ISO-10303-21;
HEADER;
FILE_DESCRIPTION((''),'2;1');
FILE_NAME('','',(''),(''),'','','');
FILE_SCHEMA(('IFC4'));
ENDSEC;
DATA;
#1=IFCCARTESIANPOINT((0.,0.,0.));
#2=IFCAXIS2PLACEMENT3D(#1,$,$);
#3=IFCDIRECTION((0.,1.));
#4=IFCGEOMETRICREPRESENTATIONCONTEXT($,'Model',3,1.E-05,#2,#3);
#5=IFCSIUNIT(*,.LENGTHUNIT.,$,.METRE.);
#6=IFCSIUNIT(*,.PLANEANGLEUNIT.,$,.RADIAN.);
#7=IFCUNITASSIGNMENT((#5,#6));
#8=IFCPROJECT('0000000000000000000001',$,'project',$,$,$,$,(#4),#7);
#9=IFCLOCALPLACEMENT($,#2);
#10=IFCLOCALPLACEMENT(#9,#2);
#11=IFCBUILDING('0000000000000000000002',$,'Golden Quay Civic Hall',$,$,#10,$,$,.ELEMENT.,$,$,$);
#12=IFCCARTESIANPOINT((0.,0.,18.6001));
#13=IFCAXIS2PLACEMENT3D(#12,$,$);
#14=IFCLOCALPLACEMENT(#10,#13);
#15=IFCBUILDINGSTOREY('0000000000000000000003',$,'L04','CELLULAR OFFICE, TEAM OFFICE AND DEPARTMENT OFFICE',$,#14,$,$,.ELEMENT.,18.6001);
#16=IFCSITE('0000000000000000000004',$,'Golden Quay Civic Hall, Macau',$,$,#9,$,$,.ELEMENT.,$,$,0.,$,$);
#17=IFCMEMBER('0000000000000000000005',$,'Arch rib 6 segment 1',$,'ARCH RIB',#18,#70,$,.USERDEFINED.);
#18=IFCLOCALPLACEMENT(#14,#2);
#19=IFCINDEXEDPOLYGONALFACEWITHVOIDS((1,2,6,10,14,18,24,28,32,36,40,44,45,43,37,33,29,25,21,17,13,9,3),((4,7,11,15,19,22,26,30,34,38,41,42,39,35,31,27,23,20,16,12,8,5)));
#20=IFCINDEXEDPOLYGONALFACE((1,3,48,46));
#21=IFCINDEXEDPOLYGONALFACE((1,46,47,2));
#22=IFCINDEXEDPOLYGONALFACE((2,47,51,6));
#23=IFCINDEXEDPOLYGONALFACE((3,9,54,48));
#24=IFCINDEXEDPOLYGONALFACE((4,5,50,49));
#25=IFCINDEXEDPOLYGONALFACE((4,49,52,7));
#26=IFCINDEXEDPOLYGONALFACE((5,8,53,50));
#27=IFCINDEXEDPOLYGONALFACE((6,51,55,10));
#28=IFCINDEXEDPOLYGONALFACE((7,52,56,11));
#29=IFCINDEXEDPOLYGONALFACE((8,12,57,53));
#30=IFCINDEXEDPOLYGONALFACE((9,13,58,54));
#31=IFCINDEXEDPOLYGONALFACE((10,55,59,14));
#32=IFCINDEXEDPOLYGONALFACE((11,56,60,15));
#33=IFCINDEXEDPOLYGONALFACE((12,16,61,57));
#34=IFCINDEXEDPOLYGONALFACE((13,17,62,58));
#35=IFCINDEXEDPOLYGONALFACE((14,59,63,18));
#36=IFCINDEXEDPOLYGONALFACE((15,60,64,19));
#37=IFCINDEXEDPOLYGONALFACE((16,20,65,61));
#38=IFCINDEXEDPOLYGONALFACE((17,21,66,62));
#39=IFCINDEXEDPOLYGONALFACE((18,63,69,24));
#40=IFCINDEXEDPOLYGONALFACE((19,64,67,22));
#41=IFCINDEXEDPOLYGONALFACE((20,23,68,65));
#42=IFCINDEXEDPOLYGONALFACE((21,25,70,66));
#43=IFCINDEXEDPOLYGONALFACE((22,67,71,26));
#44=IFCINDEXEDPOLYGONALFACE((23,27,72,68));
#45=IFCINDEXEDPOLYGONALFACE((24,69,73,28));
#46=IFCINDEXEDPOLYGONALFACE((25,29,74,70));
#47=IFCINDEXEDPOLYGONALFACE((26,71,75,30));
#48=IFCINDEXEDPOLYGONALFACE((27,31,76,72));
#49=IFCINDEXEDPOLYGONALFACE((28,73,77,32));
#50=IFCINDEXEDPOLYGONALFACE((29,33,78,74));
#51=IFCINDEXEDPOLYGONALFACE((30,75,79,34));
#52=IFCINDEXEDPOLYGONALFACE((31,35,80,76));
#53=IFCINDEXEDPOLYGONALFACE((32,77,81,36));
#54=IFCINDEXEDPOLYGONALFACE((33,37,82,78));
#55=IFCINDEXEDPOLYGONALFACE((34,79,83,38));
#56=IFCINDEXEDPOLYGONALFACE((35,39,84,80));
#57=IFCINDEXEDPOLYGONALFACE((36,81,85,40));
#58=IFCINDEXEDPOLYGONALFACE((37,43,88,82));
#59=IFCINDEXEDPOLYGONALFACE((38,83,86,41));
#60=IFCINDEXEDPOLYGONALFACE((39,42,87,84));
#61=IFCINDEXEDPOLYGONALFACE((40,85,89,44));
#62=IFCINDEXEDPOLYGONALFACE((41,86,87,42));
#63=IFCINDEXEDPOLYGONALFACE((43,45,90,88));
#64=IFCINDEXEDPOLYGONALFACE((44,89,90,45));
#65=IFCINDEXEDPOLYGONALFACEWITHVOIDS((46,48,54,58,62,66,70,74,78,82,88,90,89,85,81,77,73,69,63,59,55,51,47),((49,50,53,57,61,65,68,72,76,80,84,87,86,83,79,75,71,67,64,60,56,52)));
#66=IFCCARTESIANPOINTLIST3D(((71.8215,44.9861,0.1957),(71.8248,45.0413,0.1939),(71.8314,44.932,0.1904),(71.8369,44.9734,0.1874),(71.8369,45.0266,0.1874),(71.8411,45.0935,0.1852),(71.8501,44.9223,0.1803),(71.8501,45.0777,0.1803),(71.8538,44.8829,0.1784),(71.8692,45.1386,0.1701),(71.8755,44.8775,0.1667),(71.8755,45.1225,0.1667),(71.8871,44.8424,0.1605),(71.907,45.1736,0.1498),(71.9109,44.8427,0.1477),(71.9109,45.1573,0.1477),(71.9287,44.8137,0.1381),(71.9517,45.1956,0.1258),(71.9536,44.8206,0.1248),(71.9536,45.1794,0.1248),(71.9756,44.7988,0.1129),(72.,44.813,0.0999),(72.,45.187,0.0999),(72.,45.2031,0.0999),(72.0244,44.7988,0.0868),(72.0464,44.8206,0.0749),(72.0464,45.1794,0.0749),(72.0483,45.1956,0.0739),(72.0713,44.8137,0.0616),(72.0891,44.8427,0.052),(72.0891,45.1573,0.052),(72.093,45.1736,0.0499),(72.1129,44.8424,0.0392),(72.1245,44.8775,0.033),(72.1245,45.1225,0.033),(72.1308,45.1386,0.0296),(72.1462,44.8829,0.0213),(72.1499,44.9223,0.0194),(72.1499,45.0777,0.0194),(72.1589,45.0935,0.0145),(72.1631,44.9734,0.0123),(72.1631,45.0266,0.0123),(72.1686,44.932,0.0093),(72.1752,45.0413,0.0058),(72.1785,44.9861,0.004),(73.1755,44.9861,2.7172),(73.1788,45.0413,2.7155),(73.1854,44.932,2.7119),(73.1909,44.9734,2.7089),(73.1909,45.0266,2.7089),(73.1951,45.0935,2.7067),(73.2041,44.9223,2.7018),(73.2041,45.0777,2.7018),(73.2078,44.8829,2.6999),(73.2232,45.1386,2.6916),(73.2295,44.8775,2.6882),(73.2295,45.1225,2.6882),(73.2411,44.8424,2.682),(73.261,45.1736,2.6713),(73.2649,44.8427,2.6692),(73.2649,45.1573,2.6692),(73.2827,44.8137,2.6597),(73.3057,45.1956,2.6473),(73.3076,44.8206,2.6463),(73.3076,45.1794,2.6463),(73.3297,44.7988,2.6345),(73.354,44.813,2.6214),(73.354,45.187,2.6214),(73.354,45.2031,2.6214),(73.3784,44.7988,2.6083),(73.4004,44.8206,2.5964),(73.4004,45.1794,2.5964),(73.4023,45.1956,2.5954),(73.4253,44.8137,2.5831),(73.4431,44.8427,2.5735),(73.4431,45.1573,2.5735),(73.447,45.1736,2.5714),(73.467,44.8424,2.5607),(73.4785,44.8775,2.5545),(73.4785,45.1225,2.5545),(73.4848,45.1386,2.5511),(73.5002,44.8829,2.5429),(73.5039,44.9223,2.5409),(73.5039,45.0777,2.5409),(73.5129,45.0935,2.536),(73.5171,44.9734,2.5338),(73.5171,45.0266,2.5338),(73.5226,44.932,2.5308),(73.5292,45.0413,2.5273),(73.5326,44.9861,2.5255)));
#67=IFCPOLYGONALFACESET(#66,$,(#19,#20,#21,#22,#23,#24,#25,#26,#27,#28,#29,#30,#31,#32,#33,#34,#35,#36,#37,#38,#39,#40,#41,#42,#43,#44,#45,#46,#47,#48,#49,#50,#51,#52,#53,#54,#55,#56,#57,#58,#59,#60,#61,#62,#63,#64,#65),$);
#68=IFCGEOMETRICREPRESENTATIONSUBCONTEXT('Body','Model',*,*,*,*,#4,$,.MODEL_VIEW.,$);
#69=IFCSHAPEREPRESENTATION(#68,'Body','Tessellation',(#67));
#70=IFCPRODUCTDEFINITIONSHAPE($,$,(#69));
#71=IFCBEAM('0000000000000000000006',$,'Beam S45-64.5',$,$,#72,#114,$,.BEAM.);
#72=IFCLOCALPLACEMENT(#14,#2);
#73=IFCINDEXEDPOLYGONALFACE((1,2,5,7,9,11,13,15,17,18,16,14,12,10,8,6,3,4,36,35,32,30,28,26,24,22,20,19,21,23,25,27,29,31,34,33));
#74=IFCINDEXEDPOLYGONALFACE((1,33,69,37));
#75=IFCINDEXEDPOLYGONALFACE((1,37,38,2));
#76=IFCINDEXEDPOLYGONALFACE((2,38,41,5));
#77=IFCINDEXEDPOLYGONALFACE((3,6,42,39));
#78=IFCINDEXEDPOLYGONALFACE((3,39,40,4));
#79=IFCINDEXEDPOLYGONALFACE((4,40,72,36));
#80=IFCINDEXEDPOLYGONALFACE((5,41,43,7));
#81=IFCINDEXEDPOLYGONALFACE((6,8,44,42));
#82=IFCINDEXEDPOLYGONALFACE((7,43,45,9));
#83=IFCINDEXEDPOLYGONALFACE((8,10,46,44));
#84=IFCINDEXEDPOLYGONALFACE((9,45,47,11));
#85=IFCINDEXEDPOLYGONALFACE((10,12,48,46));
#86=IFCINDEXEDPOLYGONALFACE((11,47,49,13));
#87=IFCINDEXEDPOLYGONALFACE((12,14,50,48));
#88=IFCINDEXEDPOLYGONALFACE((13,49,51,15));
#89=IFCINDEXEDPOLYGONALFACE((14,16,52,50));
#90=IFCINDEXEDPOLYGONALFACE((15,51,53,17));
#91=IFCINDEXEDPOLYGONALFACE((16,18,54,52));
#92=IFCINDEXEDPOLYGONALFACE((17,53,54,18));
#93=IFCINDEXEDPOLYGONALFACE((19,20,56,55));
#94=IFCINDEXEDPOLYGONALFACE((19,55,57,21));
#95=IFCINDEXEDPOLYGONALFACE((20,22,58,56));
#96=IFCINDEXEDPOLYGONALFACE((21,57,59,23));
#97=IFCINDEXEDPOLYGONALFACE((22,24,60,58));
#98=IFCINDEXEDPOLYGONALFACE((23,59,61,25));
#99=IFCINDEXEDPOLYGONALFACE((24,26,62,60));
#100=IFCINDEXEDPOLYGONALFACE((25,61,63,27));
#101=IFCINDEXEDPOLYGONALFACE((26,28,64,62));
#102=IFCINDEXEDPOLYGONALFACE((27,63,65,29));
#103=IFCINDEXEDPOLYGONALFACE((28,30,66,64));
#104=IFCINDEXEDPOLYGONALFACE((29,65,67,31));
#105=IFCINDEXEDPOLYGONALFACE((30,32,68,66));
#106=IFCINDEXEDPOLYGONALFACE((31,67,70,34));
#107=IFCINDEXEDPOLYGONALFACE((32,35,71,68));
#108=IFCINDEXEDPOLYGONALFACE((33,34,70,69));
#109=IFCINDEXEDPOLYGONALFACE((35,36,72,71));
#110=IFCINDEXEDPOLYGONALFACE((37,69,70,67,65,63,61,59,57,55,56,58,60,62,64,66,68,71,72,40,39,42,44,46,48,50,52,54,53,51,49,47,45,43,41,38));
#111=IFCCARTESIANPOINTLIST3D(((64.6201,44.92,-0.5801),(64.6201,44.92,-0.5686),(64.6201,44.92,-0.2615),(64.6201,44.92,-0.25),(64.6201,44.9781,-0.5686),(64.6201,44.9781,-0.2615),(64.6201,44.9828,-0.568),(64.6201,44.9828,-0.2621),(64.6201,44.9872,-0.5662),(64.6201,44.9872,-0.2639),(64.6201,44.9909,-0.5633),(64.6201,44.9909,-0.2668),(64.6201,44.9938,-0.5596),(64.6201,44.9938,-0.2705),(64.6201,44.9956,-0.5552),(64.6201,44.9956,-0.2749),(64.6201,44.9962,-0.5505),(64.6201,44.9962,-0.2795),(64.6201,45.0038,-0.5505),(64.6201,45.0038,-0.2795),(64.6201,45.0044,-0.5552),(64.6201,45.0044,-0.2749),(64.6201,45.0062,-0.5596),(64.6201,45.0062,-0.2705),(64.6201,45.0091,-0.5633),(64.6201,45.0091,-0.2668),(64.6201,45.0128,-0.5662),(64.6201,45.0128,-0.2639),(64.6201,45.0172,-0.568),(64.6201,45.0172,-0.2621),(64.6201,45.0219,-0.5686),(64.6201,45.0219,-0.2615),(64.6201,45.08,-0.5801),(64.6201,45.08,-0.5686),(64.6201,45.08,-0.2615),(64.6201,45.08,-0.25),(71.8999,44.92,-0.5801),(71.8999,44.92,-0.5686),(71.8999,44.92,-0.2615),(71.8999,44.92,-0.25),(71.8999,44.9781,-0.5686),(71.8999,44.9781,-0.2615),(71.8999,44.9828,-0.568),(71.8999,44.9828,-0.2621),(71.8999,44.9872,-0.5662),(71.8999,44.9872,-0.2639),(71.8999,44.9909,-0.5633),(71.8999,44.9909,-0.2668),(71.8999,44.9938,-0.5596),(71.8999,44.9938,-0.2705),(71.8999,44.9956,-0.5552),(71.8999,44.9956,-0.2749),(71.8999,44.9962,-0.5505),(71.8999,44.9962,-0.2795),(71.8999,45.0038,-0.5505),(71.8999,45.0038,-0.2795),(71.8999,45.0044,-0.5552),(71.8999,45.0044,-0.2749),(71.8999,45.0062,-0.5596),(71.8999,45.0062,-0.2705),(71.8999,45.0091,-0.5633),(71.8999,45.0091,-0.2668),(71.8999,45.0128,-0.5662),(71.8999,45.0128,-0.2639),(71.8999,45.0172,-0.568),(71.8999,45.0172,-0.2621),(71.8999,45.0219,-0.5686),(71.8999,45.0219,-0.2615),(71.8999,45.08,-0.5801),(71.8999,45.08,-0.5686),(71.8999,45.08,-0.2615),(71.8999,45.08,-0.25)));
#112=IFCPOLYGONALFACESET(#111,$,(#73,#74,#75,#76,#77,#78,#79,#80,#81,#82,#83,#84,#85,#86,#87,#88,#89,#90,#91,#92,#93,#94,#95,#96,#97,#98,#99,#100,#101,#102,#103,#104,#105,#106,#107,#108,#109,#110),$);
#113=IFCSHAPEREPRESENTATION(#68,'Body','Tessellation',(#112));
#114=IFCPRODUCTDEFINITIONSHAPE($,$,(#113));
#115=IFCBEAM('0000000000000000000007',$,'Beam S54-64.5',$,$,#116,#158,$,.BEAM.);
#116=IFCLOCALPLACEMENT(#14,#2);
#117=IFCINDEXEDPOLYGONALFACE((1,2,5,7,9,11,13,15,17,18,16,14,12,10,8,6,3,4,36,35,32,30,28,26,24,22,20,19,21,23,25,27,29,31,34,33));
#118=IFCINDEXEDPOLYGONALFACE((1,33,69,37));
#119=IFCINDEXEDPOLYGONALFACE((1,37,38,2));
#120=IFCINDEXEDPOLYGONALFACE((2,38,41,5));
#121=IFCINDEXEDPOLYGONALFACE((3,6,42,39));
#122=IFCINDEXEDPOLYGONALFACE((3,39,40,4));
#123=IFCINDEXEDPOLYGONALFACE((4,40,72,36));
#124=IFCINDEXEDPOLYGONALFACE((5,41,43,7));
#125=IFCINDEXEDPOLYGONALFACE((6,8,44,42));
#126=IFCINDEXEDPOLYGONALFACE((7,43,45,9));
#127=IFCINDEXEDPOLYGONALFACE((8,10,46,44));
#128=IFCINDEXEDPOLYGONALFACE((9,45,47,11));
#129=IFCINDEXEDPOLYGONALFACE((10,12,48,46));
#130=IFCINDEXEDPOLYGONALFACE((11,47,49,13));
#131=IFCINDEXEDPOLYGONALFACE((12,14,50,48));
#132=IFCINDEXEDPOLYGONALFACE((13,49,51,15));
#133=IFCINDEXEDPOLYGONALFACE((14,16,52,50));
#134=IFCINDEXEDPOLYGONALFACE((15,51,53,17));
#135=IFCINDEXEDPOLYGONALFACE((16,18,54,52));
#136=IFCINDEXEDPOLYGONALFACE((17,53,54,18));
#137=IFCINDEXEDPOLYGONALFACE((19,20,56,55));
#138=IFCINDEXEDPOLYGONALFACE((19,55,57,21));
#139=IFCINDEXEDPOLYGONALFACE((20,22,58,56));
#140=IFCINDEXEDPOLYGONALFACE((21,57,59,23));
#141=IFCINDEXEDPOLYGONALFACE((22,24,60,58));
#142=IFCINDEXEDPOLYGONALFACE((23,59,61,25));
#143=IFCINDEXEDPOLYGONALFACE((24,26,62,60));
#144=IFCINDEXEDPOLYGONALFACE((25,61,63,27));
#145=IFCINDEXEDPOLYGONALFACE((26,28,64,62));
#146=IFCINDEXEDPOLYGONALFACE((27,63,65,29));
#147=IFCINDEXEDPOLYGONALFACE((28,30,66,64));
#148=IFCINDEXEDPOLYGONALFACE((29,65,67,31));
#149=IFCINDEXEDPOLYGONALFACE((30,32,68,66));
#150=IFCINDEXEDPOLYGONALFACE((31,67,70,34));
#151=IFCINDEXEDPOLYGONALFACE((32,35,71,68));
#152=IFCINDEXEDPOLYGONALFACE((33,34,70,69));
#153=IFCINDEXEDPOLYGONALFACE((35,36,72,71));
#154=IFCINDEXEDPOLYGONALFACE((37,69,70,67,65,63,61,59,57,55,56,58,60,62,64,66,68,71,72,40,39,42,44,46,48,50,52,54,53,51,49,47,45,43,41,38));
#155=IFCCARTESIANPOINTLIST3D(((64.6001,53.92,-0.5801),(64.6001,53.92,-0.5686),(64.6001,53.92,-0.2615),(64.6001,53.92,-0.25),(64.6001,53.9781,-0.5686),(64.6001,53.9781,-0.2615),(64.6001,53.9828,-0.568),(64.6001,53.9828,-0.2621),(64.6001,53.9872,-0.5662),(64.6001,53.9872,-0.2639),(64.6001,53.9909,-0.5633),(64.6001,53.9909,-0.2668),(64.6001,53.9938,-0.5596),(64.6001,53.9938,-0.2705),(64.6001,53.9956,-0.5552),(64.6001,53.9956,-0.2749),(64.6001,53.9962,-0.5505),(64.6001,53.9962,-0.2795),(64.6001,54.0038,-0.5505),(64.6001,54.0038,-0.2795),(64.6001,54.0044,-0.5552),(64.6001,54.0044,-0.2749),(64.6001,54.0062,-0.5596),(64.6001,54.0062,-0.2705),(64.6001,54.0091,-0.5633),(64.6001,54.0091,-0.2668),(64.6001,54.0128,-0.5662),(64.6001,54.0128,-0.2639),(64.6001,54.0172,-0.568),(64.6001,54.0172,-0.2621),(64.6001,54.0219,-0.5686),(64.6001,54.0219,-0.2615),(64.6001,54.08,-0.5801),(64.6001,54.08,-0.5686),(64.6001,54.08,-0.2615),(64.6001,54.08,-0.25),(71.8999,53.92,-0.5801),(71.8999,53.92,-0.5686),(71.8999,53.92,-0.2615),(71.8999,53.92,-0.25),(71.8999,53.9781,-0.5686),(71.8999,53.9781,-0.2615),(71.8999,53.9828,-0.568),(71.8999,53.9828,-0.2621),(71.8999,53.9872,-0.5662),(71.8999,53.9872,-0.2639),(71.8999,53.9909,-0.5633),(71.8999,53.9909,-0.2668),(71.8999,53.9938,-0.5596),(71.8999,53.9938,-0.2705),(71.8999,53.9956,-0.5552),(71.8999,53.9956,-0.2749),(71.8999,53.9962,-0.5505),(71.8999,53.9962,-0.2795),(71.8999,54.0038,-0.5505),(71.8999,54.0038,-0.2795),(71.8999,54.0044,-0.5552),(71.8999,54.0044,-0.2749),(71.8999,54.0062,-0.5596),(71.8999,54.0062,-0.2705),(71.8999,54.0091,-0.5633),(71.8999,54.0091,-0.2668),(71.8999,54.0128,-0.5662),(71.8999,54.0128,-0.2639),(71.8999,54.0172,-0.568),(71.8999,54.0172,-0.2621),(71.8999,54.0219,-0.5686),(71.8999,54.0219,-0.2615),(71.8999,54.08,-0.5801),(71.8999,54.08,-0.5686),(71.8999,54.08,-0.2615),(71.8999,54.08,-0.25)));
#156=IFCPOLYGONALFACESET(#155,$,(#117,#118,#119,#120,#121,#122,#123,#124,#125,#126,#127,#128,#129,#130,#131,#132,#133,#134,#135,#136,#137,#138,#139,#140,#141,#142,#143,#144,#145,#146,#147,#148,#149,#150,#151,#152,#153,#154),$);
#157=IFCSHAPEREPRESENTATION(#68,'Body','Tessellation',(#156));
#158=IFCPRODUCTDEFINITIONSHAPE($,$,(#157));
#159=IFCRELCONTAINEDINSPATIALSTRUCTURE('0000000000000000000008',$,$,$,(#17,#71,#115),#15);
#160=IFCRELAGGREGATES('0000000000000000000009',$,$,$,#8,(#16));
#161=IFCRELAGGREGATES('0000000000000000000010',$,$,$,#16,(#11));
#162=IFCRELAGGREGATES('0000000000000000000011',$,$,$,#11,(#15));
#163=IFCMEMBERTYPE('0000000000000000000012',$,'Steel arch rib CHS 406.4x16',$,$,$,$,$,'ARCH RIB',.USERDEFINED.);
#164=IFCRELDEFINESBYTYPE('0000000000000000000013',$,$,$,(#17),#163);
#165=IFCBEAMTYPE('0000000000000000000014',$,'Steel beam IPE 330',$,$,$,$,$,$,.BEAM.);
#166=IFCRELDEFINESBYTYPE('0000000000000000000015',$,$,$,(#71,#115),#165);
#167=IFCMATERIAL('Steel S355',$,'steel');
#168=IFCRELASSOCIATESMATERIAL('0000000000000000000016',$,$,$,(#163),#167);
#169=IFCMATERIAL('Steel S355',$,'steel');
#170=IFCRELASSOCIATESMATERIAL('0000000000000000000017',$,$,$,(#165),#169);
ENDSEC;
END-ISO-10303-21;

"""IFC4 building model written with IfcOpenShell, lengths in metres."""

from ifc_helpers import new_model, si_unit, direction, frame, origin, origin_2d, place, context, subcontext, project, spatial, hollow_circle, i_section, extrude, material, material_profile, profile_set, type_object, element, save


model = new_model("IFC4")

# Units and contexts
model_context = context("Model", 3, precision=1e-05, world=origin(), true_north=direction((0.0, 1.0)))
body_context = subcontext(model_context, "Body", "Model", "MODEL_VIEW")
ifc_project = project(units=[si_unit("LENGTHUNIT", "METRE"), si_unit("PLANEANGLEUNIT", "RADIAN")], contexts=[model_context])

# Site, building, storey
site_placement = place(None, origin())
site = spatial("IfcSite", under=ifc_project, at=site_placement, Name="Golden Quay Civic Hall, Macau", CompositionType="ELEMENT", RefElevation=0.0)
building_placement = place(site_placement, origin())
building = spatial("IfcBuilding", under=site, at=building_placement, Name="Golden Quay Civic Hall", CompositionType="ELEMENT")
storey_placement = place(building_placement, frame((0.0, 0.0, 18.6001)))
storey = spatial("IfcBuildingStorey", under=building, at=storey_placement, Name="L04", Description="CELLULAR OFFICE, TEAM OFFICE AND DEPARTMENT OFFICE", CompositionType="ELEMENT", Elevation=18.6001)

# Member
ifc_material_1 = material(Name="Steel S355", Category="steel")
ifc_material_profile_1 = material_profile(ifc_material_1, hollow_circle(Radius=0.2031, WallThickness=0.0161, at=origin_2d()), Name="CHS 406.4x16")
ifc_profile_set_1 = profile_set([ifc_material_profile_1], Name="Steel S355")
member_type_1 = type_object("IfcMemberType", Name="Steel arch rib CHS 406.4x16", ElementType="ARCH RIB", PredefinedType="USERDEFINED", material=ifc_profile_set_1)
member_1_placement = place(storey_placement, frame((72.0, 45.0, 0.0999), z_axis=(0.473092, 0.0, 0.881013), x_axis=(0.0, 1.0, 0.0)))
element("IfcMember", 1, at=member_1_placement, inside=storey, type_object=member_type_1, Name="Arch rib 6 segment 1", ObjectType="ARCH RIB", PredefinedType="USERDEFINED", context=body_context, shape_type="SweptSolid", body=[
    extrude(hollow_circle(Radius=0.2031, WallThickness=0.0161, at=origin_2d()), origin(), (0.0, 0.0, 1.0), 2.8621),
])

# Beams
ifc_material_2 = material(Name="Steel S355", Category="steel")
ifc_material_profile_2 = material_profile(ifc_material_2, i_section(OverallWidth=0.1599, OverallDepth=0.3301, WebThickness=0.0076, FlangeThickness=0.0115, FilletRadius=0.0181, at=origin_2d()), Name="IPE 330")
ifc_profile_set_2 = profile_set([ifc_material_profile_2], Name="Steel S355")
beam_type_1 = type_object("IfcBeamType", Name="Steel beam IPE 330", PredefinedType="BEAM", material=ifc_profile_set_2)
beam_1_placement = place(storey_placement, frame((64.6201, 45.0, -0.415), z_axis=(1.0, 0.0, 0.0), x_axis=(0.0, 1.0, 0.0)))
element("IfcBeam", 2, at=beam_1_placement, inside=storey, type_object=beam_type_1, Name="Beam S45-64.5", PredefinedType="BEAM", context=body_context, shape_type="SweptSolid", body=[
    extrude(i_section(OverallWidth=0.1599, OverallDepth=0.3301, WebThickness=0.0076, FlangeThickness=0.0115, FilletRadius=0.0181, at=origin_2d()), origin(), (0.0, 0.0, 1.0), 7.2798),
])
beam_2_placement = place(storey_placement, frame((64.6001, 54.0, -0.415), z_axis=(1.0, 0.0, 0.0), x_axis=(0.0, 1.0, 0.0)))
element("IfcBeam", 3, at=beam_2_placement, inside=storey, type_object=beam_type_1, Name="Beam S54-64.5", PredefinedType="BEAM", context=body_context, shape_type="SweptSolid", body=[
    extrude(i_section(OverallWidth=0.1599, OverallDepth=0.3301, WebThickness=0.0076, FlangeThickness=0.0115, FilletRadius=0.0181, at=origin_2d()), origin(), (0.0, 0.0, 1.0), 7.2998),
])

save(model, "model.ifc")
